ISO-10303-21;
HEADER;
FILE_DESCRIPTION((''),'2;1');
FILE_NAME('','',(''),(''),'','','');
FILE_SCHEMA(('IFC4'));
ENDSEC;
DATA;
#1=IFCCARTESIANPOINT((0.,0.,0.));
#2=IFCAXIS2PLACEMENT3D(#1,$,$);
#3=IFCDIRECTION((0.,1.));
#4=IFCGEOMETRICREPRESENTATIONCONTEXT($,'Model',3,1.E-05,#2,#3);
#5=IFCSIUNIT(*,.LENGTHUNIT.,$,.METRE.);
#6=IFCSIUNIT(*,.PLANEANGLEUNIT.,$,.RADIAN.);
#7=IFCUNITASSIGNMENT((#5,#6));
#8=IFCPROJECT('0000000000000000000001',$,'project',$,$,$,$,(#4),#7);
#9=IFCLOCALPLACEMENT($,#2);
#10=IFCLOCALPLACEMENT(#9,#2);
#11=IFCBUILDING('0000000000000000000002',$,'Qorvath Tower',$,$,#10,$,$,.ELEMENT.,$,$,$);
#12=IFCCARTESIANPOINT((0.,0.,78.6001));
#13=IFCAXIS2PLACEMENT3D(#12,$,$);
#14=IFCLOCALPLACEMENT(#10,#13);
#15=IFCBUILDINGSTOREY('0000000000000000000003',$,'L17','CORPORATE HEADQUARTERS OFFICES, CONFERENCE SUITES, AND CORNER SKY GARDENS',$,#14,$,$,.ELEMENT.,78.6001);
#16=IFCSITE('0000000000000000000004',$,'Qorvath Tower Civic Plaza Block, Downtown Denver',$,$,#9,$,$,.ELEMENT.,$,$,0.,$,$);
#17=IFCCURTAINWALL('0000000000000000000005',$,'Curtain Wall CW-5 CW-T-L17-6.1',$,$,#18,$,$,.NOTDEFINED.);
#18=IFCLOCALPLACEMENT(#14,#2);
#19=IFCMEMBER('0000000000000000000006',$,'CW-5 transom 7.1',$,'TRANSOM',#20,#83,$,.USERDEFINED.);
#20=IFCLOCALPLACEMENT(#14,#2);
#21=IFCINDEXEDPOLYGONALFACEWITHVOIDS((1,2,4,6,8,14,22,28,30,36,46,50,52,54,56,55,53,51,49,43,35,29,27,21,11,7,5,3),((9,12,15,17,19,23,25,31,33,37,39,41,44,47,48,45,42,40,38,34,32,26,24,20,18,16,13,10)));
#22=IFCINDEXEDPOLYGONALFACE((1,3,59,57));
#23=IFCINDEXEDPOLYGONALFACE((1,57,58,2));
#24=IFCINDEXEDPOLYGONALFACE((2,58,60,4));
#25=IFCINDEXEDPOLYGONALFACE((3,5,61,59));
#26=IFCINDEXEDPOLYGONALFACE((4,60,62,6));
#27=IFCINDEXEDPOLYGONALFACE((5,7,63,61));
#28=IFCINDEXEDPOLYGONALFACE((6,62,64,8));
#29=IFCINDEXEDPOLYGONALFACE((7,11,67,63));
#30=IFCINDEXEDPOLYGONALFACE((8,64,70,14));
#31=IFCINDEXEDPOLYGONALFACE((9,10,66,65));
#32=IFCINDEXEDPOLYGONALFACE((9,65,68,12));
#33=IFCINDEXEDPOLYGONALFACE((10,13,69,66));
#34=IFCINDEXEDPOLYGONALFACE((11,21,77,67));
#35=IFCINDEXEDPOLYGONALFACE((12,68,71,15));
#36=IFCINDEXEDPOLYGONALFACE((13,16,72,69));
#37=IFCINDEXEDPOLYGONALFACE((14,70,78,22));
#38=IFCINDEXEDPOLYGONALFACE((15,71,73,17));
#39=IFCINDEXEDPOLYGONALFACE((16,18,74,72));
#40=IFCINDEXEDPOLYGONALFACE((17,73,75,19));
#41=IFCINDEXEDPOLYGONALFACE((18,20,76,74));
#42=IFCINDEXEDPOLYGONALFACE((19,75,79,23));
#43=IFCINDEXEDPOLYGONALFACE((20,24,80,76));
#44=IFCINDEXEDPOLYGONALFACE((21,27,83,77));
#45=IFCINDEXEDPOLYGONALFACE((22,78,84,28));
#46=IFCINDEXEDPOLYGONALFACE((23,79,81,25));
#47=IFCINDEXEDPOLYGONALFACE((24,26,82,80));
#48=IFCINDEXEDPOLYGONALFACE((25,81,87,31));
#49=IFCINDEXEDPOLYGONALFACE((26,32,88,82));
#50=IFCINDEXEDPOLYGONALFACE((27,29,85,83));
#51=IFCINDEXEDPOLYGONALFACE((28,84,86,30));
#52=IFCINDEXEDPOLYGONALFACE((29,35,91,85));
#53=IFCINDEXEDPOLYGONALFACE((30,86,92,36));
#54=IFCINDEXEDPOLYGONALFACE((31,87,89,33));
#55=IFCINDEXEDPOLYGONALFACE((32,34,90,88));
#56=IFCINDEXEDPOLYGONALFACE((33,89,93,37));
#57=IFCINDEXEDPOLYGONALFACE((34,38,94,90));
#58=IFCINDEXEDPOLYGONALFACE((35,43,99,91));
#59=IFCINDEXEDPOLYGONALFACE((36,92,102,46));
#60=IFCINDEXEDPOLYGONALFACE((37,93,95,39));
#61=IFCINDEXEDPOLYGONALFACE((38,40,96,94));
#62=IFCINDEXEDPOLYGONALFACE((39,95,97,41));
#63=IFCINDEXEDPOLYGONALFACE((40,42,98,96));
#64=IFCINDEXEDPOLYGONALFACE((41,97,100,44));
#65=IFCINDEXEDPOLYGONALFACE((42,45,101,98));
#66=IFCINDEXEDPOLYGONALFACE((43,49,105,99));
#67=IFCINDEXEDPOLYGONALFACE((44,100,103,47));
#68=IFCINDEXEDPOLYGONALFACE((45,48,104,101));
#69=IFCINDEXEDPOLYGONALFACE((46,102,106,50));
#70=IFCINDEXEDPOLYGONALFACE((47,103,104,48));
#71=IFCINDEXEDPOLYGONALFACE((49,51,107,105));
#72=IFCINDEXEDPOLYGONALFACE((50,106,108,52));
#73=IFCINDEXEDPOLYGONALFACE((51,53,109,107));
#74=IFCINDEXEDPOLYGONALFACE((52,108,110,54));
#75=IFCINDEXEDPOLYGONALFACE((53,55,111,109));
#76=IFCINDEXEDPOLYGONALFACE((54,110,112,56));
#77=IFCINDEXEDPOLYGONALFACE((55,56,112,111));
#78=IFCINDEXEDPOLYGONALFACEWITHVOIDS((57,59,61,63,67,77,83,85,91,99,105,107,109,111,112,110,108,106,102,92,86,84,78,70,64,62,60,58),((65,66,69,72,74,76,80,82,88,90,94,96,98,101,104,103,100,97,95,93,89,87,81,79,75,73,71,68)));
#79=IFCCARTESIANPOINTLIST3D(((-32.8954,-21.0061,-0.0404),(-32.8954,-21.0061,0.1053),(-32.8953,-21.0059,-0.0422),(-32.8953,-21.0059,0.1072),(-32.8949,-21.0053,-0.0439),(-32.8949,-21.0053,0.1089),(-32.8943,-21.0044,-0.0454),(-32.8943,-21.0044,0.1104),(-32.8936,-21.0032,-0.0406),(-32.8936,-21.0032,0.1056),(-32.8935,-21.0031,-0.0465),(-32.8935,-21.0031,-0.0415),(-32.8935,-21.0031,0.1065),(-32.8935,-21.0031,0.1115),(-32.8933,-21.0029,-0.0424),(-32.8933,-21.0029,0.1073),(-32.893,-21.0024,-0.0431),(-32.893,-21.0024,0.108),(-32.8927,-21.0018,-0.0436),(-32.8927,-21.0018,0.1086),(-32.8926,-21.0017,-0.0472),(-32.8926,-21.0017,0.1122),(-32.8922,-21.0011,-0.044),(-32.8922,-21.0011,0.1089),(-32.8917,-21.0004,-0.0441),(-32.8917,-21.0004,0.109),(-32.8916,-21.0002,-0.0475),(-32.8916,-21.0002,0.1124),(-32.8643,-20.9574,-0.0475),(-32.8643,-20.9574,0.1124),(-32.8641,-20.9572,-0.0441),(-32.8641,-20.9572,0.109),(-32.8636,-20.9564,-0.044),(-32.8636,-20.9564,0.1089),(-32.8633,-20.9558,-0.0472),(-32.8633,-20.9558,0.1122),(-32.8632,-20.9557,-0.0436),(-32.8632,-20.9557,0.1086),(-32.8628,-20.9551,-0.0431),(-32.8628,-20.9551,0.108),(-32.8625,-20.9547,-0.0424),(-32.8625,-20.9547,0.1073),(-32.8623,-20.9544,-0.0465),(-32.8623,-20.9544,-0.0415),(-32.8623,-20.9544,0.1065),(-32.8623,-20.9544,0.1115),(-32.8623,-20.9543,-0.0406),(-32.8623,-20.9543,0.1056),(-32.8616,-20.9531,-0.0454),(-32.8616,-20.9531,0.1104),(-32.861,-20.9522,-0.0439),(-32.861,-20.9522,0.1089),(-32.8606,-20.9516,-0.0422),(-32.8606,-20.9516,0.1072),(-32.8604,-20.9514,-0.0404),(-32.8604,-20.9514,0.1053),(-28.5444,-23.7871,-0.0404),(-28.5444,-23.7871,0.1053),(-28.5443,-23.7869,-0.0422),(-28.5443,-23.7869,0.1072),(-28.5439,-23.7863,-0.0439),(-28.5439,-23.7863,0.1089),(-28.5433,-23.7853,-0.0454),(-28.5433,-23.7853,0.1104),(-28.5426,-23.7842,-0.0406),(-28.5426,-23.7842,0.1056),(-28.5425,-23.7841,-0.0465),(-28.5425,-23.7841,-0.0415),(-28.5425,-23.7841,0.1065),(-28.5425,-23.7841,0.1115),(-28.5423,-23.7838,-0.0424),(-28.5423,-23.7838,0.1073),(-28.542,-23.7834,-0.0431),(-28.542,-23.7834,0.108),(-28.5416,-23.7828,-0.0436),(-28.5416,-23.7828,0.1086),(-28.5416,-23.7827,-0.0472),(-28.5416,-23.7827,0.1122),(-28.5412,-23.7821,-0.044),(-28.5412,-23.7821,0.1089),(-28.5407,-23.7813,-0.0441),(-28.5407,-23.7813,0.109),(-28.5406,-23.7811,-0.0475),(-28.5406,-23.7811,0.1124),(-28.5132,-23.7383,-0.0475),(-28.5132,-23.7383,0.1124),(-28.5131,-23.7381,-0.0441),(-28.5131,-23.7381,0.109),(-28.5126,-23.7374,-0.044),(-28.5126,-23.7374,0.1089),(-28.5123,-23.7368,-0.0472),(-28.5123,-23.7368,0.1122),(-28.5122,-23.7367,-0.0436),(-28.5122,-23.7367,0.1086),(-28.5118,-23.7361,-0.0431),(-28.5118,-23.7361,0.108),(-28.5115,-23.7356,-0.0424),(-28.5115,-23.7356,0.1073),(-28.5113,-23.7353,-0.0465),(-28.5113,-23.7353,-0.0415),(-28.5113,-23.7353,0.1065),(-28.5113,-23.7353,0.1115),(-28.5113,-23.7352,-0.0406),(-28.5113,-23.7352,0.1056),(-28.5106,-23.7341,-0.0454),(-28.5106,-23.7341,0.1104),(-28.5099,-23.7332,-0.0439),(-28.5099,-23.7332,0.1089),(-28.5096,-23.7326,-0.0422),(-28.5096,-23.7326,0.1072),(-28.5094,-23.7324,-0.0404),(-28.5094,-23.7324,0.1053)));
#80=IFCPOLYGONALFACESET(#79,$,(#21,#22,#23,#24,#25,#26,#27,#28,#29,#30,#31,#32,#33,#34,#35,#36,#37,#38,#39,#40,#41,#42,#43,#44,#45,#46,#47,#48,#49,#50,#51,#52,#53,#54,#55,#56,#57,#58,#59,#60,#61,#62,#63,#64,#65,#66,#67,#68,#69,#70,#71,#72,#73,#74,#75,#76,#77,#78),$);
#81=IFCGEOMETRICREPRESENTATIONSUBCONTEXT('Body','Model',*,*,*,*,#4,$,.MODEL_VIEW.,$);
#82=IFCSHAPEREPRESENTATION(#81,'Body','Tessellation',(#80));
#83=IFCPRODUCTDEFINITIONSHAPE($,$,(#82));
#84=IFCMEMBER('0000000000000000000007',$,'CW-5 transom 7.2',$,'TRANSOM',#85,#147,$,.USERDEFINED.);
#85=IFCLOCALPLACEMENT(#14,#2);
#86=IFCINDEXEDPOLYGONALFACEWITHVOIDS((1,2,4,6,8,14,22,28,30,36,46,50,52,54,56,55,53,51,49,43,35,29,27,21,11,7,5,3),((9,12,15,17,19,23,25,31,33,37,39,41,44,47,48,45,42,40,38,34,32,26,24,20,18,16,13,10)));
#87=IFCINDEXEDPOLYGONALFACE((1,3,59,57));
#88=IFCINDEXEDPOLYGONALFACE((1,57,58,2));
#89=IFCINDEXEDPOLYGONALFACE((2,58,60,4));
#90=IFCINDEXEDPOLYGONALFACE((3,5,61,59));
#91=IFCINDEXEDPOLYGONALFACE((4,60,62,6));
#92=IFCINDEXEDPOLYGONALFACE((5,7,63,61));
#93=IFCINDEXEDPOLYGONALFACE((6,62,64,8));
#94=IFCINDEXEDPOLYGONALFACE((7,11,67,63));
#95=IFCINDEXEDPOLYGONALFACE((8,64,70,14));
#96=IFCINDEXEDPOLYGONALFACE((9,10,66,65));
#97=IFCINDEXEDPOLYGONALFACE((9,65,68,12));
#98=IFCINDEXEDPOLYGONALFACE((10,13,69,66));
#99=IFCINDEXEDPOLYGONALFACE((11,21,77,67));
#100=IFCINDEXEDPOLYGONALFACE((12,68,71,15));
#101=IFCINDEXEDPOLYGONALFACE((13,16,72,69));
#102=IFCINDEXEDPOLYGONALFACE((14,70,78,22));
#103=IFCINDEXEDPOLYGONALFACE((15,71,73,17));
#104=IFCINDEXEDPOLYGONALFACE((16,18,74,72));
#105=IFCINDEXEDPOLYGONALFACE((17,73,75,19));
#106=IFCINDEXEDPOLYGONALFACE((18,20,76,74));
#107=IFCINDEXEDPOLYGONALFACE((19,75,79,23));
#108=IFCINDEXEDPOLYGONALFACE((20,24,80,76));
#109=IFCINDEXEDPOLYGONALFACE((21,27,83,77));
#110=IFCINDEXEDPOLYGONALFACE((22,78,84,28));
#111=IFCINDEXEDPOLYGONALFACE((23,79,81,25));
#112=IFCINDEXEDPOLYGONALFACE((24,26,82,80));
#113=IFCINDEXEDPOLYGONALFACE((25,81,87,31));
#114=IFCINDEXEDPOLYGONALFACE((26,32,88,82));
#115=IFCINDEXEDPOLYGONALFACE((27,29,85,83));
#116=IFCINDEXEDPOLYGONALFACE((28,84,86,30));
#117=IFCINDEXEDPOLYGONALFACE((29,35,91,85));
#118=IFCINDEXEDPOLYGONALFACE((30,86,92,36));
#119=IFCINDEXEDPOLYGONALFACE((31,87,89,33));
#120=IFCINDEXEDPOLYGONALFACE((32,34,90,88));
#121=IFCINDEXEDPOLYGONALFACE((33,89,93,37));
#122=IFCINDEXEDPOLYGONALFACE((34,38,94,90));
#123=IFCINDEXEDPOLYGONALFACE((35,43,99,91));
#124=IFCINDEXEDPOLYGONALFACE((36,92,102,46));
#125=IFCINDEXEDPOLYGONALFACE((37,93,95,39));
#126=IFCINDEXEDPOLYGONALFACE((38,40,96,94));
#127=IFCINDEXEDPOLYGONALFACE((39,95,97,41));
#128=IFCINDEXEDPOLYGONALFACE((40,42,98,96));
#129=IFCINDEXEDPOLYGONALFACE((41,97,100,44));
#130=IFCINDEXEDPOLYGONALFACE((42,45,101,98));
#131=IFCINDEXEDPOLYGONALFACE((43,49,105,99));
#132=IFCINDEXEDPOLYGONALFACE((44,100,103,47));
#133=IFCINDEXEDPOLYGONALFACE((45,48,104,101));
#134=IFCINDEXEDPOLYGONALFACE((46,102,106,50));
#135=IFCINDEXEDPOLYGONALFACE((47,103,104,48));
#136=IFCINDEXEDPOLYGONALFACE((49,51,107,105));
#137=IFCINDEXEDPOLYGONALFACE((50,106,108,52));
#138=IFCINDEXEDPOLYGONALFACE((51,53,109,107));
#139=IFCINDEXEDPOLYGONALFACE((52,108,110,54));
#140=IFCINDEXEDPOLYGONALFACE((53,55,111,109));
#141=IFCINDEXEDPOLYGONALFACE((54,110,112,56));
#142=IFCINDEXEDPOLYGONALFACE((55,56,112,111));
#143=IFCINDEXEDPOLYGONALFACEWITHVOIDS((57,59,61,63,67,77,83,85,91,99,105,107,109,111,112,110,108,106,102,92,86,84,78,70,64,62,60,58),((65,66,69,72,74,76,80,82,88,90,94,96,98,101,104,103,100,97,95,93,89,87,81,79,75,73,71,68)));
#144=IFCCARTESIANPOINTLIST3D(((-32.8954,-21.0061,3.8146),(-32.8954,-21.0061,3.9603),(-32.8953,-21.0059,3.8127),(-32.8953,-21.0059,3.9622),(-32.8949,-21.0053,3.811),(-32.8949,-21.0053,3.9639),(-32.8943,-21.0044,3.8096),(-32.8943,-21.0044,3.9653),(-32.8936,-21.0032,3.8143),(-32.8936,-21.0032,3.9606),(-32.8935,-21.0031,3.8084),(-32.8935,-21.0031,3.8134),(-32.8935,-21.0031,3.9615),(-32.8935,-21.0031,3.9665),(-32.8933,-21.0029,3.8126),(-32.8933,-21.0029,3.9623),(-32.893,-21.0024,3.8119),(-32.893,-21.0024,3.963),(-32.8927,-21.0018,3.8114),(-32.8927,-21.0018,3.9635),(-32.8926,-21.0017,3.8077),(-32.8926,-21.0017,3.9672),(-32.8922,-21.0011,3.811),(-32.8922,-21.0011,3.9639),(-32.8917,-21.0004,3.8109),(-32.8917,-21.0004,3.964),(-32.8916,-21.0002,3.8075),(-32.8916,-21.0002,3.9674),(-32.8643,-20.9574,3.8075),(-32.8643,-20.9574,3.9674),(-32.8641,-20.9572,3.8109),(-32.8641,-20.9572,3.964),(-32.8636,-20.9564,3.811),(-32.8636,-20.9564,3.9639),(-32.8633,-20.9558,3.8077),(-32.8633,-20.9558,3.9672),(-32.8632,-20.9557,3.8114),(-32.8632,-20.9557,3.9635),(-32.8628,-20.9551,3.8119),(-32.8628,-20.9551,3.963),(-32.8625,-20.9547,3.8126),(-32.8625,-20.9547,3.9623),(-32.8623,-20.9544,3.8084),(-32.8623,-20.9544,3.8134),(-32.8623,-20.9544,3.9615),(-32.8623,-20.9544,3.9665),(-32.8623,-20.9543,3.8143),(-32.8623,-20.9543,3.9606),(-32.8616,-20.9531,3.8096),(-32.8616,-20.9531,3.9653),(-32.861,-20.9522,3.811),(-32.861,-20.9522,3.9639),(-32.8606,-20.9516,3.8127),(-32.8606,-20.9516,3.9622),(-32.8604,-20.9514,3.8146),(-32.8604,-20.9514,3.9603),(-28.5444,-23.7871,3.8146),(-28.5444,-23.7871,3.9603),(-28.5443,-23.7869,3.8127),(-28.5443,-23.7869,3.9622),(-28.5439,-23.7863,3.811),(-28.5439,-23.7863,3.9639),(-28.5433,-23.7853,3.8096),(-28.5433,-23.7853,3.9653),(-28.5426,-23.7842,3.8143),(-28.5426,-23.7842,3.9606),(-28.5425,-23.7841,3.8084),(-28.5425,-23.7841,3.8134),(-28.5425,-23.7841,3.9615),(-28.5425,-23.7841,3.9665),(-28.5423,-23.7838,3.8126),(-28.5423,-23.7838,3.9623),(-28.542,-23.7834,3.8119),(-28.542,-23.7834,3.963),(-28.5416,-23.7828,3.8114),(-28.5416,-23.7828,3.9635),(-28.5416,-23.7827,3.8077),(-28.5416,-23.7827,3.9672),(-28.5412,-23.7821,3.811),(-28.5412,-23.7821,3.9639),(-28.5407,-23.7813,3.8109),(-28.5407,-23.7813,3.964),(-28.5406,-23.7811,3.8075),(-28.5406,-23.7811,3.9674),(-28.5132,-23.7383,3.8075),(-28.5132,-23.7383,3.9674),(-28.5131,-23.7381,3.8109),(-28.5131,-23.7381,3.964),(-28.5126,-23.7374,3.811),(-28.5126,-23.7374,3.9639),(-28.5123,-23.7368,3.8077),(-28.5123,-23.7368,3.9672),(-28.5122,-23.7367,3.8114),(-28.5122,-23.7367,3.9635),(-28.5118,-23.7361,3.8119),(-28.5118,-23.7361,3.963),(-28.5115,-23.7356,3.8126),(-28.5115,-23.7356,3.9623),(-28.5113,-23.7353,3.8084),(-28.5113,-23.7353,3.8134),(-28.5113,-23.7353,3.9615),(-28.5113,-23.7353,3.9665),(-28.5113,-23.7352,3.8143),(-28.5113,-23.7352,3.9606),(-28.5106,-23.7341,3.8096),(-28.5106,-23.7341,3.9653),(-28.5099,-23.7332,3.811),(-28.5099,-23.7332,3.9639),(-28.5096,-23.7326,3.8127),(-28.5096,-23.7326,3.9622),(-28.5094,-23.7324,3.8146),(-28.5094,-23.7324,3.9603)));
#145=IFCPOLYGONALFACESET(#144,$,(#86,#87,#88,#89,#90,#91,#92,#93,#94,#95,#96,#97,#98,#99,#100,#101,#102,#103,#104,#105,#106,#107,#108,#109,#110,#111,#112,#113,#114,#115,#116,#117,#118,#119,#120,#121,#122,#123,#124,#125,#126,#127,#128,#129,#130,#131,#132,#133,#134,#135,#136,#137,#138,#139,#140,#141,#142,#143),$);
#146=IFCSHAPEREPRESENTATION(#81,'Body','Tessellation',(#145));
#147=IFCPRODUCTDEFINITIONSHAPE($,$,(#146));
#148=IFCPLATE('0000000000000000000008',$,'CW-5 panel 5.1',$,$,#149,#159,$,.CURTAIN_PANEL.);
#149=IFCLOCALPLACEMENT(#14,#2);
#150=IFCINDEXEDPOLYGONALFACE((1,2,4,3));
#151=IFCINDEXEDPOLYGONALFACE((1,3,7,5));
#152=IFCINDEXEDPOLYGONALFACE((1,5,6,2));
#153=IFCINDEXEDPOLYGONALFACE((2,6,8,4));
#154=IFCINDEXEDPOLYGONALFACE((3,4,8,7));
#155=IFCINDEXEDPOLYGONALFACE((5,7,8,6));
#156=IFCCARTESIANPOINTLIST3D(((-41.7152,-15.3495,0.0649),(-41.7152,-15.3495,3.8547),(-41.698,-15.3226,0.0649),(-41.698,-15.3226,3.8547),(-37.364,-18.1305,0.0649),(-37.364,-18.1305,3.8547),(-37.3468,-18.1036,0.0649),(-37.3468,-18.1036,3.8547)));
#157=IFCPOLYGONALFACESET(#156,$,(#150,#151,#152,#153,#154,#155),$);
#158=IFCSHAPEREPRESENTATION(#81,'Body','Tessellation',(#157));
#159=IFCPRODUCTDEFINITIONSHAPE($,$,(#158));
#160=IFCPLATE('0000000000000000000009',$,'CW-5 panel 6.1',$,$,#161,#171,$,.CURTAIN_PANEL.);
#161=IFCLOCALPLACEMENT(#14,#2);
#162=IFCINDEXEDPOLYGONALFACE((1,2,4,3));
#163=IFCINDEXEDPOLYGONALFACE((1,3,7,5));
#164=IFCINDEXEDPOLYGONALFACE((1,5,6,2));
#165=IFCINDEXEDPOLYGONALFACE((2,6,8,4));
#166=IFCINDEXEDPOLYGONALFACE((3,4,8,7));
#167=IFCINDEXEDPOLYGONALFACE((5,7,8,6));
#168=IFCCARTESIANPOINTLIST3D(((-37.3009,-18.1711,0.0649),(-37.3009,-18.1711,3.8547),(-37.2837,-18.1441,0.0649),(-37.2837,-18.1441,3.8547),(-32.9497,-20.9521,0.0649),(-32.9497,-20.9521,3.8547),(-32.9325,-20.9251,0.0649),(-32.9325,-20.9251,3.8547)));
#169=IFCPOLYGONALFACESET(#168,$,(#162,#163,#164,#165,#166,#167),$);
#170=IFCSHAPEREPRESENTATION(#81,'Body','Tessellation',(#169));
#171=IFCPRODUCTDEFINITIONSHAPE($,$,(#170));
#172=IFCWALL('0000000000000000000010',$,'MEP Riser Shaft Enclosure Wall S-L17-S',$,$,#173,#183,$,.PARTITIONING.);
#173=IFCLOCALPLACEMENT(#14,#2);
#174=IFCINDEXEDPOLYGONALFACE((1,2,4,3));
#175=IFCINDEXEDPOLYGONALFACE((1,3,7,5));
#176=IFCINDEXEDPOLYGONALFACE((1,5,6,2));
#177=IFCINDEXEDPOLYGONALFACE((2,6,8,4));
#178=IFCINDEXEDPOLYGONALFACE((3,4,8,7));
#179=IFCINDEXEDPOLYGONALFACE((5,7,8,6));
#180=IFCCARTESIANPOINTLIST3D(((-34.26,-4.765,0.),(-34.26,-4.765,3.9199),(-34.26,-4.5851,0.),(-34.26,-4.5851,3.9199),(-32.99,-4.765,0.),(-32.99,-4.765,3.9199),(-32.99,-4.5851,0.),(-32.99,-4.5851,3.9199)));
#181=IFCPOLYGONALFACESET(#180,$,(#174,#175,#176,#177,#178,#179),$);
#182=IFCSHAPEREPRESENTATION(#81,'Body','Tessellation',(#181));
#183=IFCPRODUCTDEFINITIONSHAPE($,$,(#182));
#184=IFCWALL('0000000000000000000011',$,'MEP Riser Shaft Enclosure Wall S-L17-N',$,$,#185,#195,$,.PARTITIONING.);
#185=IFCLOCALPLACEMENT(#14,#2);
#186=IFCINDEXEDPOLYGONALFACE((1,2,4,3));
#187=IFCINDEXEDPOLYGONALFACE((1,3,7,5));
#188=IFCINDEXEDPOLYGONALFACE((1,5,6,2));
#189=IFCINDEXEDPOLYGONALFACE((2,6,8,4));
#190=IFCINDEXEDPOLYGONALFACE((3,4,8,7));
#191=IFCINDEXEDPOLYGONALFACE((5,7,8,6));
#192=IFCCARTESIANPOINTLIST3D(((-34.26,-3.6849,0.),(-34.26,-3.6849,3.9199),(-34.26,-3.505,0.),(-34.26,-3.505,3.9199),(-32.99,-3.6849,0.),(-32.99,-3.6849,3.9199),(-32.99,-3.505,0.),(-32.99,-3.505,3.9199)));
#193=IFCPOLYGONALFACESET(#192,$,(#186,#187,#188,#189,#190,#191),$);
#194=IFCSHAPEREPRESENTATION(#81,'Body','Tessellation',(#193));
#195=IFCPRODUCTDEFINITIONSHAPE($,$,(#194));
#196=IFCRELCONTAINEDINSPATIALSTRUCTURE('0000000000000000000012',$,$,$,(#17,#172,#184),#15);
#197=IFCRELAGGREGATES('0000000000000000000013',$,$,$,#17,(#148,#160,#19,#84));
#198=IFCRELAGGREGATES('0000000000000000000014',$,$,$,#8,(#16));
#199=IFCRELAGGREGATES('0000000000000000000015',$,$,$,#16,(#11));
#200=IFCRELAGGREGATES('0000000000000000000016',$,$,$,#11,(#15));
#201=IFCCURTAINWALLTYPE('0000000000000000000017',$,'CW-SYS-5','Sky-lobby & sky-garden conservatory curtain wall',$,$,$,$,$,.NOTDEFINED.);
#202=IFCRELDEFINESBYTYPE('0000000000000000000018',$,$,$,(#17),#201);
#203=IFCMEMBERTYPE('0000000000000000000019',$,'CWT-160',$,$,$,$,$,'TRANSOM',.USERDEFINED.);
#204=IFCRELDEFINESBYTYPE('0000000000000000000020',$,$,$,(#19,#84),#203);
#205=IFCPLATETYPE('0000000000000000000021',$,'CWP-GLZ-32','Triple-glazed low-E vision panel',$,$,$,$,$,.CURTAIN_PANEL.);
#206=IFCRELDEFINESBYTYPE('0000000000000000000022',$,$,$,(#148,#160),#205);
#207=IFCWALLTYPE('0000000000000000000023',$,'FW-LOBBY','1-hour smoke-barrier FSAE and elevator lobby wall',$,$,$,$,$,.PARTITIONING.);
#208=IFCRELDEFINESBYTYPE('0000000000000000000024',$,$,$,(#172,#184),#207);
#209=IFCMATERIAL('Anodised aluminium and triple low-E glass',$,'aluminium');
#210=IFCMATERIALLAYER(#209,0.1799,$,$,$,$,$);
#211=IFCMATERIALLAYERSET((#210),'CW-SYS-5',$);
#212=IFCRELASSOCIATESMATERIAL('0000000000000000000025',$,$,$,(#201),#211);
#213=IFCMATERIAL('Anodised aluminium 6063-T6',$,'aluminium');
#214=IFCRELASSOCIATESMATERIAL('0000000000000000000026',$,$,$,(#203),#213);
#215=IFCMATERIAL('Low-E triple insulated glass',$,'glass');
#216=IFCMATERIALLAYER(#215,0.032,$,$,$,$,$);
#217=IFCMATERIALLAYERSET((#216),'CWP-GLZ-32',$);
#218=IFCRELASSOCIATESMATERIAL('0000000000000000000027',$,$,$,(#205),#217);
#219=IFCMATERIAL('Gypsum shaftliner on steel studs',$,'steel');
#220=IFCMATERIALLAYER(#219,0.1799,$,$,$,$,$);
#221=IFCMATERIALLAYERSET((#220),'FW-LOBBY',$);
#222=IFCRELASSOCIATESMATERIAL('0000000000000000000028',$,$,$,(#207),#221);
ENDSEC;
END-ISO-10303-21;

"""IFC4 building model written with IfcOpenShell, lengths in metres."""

from ifc_helpers import new_model, si_unit, direction, frame, frame_2d, origin, origin_2d, place, context, subcontext, project, spatial, rectangle, hollow_rectangle, extrude, material, layer, layer_set, material_profile, profile_set, type_object, element, aggregate, save


model = new_model("IFC4")

# Units and contexts
model_context = context("Model", 3, precision=1e-05, world=origin(), true_north=direction((0.0, 1.0)))
body_context = subcontext(model_context, "Body", "Model", "MODEL_VIEW")
ifc_project = project(units=[si_unit("LENGTHUNIT", "METRE"), si_unit("PLANEANGLEUNIT", "RADIAN")], contexts=[model_context])

# Site, building, storey
site_placement = place(None, origin())
site = spatial("IfcSite", under=ifc_project, at=site_placement, Name="Qorvath Tower Civic Plaza Block, Downtown Denver", CompositionType="ELEMENT", RefElevation=0.0)
building_placement = place(site_placement, origin())
building = spatial("IfcBuilding", under=site, at=building_placement, Name="Qorvath Tower", CompositionType="ELEMENT")
storey_placement = place(building_placement, frame((0.0, 0.0, 78.6001)))
storey = spatial("IfcBuildingStorey", under=building, at=storey_placement, Name="L17", Description="CORPORATE HEADQUARTERS OFFICES, CONFERENCE SUITES, AND CORNER SKY GARDENS", CompositionType="ELEMENT", Elevation=78.6001)

# Curtain wall, members, plates
ifc_material_1 = material(Name="Anodised aluminium and triple low-E glass", Category="aluminium")
ifc_layer_1 = layer(ifc_material_1, 0.1799)
ifc_layer_set_1 = layer_set([ifc_layer_1], Name="CW-SYS-5")
curtain_wall_type = type_object("IfcCurtainWallType", Name="CW-SYS-5", Description="Sky-lobby & sky-garden conservatory curtain wall", PredefinedType="NOTDEFINED", material=ifc_layer_set_1)
curtain_wall_placement = place(storey_placement, origin())
curtain_wall = element("IfcCurtainWall", 1, at=curtain_wall_placement, inside=storey, type_object=curtain_wall_type, Name="Curtain Wall CW-5 CW-T-L17-6.1", PredefinedType="NOTDEFINED")
ifc_material_2 = material(Name="Anodised aluminium 6063-T6", Category="aluminium")
ifc_material_profile_1 = material_profile(ifc_material_2, hollow_rectangle(XDim=0.0649, YDim=0.1599, WallThickness=0.0034, InnerFilletRadius=0.0034, OuterFilletRadius=0.0071, at=origin_2d()), Name="CWT 160x65")
ifc_profile_set_1 = profile_set([ifc_material_profile_1], Name="Anodised aluminium 6063-T6")
member_type_1 = type_object("IfcMemberType", Name="CWT-160", ElementType="TRANSOM", PredefinedType="USERDEFINED", material=ifc_profile_set_1)
member_1_placement = place(storey_placement, frame((-32.8779, -20.9788, 0.0325), z_axis=(0.842595, -0.538548, 0.0), x_axis=(0.538548, 0.842595, 0.0)))
member_1 = element("IfcMember", 2, at=member_1_placement, type_object=member_type_1, Name="CW-5 transom 7.1", ObjectType="TRANSOM", PredefinedType="USERDEFINED", context=body_context, shape_type="SweptSolid", body=[
    extrude(hollow_rectangle(XDim=0.0649, YDim=0.1599, WallThickness=0.0034, InnerFilletRadius=0.0034, OuterFilletRadius=0.0071, at=origin_2d()), origin(), (0.0, 0.0, 1.0), 5.1638),
])
member_2_placement = place(storey_placement, frame((-32.8779, -20.9788, 3.8875), z_axis=(0.842595, -0.538548, 0.0), x_axis=(0.538548, 0.842595, 0.0)))
member_2 = element("IfcMember", 3, at=member_2_placement, type_object=member_type_1, Name="CW-5 transom 7.2", ObjectType="TRANSOM", PredefinedType="USERDEFINED", context=body_context, shape_type="SweptSolid", body=[
    extrude(hollow_rectangle(XDim=0.0649, YDim=0.1599, WallThickness=0.0034, InnerFilletRadius=0.0034, OuterFilletRadius=0.0071, at=origin_2d()), origin(), (0.0, 0.0, 1.0), 5.1638),
])
ifc_material_3 = material(Name="Low-E triple insulated glass", Category="glass")
ifc_layer_2 = layer(ifc_material_3, 0.032)
ifc_layer_set_2 = layer_set([ifc_layer_2], Name="CWP-GLZ-32")
plate_type = type_object("IfcPlateType", Name="CWP-GLZ-32", Description="Triple-glazed low-E vision panel", PredefinedType="CURTAIN_PANEL", material=ifc_layer_set_2)
plate_1_placement = place(storey_placement, frame((-39.531, -16.7266, 0.0649), z_axis=(0.0, 0.0, 1.0), x_axis=(0.842604, -0.538533, 0.0)))
plate_1 = element("IfcPlate", 4, at=plate_1_placement, type_object=plate_type, Name="CW-5 panel 5.1", PredefinedType="CURTAIN_PANEL", context=body_context, shape_type="SweptSolid", body=[
    extrude(rectangle(XDim=5.1641, YDim=0.032, at=origin_2d()), origin(), (0.0, 0.0, 1.0), 3.7898),
])
plate_2_placement = place(storey_placement, frame((-35.1167, -19.5481, 0.0649), z_axis=(0.0, 0.0, 1.0), x_axis=(0.842604, -0.538533, 0.0)))
plate_2 = element("IfcPlate", 5, at=plate_2_placement, type_object=plate_type, Name="CW-5 panel 6.1", PredefinedType="CURTAIN_PANEL", context=body_context, shape_type="SweptSolid", body=[
    extrude(rectangle(XDim=5.1641, YDim=0.032, at=origin_2d()), origin(), (0.0, 0.0, 1.0), 3.7898),
])
aggregate(curtain_wall, [plate_1, plate_2, member_1, member_2])

# Walls
ifc_material_4 = material(Name="Gypsum shaftliner on steel studs", Category="steel")
ifc_layer_3 = layer(ifc_material_4, 0.1799)
ifc_layer_set_3 = layer_set([ifc_layer_3], Name="FW-LOBBY")
wall_type_1 = type_object("IfcWallType", Name="FW-LOBBY", Description="1-hour smoke-barrier FSAE and elevator lobby wall", PredefinedType="PARTITIONING", material=ifc_layer_set_3)
for number, where, z_axis, x_axis, name in (
    (6, (-32.99, -4.675, 0.0), (0.0, 0.0, 1.0), (-1.0, 0.0, 0.0), "MEP Riser Shaft Enclosure Wall S-L17-S"),
    (7, (-34.26, -3.595, 0.0), (0.0, 0.0, 1.0), (1.0, 0.0, 0.0), "MEP Riser Shaft Enclosure Wall S-L17-N"),
):
    element("IfcWall", number, at=place(storey_placement, frame(where, z_axis=z_axis, x_axis=x_axis)), inside=storey, type_object=wall_type_1, Name=name, PredefinedType="PARTITIONING", context=body_context, shape_type="SweptSolid", body=[
        extrude(rectangle(XDim=1.27, YDim=0.1799, at=frame_2d((0.635, 0.0))), origin(), (0.0, 0.0, 1.0), 3.9199),
    ])

save(model, "model.ifc")
